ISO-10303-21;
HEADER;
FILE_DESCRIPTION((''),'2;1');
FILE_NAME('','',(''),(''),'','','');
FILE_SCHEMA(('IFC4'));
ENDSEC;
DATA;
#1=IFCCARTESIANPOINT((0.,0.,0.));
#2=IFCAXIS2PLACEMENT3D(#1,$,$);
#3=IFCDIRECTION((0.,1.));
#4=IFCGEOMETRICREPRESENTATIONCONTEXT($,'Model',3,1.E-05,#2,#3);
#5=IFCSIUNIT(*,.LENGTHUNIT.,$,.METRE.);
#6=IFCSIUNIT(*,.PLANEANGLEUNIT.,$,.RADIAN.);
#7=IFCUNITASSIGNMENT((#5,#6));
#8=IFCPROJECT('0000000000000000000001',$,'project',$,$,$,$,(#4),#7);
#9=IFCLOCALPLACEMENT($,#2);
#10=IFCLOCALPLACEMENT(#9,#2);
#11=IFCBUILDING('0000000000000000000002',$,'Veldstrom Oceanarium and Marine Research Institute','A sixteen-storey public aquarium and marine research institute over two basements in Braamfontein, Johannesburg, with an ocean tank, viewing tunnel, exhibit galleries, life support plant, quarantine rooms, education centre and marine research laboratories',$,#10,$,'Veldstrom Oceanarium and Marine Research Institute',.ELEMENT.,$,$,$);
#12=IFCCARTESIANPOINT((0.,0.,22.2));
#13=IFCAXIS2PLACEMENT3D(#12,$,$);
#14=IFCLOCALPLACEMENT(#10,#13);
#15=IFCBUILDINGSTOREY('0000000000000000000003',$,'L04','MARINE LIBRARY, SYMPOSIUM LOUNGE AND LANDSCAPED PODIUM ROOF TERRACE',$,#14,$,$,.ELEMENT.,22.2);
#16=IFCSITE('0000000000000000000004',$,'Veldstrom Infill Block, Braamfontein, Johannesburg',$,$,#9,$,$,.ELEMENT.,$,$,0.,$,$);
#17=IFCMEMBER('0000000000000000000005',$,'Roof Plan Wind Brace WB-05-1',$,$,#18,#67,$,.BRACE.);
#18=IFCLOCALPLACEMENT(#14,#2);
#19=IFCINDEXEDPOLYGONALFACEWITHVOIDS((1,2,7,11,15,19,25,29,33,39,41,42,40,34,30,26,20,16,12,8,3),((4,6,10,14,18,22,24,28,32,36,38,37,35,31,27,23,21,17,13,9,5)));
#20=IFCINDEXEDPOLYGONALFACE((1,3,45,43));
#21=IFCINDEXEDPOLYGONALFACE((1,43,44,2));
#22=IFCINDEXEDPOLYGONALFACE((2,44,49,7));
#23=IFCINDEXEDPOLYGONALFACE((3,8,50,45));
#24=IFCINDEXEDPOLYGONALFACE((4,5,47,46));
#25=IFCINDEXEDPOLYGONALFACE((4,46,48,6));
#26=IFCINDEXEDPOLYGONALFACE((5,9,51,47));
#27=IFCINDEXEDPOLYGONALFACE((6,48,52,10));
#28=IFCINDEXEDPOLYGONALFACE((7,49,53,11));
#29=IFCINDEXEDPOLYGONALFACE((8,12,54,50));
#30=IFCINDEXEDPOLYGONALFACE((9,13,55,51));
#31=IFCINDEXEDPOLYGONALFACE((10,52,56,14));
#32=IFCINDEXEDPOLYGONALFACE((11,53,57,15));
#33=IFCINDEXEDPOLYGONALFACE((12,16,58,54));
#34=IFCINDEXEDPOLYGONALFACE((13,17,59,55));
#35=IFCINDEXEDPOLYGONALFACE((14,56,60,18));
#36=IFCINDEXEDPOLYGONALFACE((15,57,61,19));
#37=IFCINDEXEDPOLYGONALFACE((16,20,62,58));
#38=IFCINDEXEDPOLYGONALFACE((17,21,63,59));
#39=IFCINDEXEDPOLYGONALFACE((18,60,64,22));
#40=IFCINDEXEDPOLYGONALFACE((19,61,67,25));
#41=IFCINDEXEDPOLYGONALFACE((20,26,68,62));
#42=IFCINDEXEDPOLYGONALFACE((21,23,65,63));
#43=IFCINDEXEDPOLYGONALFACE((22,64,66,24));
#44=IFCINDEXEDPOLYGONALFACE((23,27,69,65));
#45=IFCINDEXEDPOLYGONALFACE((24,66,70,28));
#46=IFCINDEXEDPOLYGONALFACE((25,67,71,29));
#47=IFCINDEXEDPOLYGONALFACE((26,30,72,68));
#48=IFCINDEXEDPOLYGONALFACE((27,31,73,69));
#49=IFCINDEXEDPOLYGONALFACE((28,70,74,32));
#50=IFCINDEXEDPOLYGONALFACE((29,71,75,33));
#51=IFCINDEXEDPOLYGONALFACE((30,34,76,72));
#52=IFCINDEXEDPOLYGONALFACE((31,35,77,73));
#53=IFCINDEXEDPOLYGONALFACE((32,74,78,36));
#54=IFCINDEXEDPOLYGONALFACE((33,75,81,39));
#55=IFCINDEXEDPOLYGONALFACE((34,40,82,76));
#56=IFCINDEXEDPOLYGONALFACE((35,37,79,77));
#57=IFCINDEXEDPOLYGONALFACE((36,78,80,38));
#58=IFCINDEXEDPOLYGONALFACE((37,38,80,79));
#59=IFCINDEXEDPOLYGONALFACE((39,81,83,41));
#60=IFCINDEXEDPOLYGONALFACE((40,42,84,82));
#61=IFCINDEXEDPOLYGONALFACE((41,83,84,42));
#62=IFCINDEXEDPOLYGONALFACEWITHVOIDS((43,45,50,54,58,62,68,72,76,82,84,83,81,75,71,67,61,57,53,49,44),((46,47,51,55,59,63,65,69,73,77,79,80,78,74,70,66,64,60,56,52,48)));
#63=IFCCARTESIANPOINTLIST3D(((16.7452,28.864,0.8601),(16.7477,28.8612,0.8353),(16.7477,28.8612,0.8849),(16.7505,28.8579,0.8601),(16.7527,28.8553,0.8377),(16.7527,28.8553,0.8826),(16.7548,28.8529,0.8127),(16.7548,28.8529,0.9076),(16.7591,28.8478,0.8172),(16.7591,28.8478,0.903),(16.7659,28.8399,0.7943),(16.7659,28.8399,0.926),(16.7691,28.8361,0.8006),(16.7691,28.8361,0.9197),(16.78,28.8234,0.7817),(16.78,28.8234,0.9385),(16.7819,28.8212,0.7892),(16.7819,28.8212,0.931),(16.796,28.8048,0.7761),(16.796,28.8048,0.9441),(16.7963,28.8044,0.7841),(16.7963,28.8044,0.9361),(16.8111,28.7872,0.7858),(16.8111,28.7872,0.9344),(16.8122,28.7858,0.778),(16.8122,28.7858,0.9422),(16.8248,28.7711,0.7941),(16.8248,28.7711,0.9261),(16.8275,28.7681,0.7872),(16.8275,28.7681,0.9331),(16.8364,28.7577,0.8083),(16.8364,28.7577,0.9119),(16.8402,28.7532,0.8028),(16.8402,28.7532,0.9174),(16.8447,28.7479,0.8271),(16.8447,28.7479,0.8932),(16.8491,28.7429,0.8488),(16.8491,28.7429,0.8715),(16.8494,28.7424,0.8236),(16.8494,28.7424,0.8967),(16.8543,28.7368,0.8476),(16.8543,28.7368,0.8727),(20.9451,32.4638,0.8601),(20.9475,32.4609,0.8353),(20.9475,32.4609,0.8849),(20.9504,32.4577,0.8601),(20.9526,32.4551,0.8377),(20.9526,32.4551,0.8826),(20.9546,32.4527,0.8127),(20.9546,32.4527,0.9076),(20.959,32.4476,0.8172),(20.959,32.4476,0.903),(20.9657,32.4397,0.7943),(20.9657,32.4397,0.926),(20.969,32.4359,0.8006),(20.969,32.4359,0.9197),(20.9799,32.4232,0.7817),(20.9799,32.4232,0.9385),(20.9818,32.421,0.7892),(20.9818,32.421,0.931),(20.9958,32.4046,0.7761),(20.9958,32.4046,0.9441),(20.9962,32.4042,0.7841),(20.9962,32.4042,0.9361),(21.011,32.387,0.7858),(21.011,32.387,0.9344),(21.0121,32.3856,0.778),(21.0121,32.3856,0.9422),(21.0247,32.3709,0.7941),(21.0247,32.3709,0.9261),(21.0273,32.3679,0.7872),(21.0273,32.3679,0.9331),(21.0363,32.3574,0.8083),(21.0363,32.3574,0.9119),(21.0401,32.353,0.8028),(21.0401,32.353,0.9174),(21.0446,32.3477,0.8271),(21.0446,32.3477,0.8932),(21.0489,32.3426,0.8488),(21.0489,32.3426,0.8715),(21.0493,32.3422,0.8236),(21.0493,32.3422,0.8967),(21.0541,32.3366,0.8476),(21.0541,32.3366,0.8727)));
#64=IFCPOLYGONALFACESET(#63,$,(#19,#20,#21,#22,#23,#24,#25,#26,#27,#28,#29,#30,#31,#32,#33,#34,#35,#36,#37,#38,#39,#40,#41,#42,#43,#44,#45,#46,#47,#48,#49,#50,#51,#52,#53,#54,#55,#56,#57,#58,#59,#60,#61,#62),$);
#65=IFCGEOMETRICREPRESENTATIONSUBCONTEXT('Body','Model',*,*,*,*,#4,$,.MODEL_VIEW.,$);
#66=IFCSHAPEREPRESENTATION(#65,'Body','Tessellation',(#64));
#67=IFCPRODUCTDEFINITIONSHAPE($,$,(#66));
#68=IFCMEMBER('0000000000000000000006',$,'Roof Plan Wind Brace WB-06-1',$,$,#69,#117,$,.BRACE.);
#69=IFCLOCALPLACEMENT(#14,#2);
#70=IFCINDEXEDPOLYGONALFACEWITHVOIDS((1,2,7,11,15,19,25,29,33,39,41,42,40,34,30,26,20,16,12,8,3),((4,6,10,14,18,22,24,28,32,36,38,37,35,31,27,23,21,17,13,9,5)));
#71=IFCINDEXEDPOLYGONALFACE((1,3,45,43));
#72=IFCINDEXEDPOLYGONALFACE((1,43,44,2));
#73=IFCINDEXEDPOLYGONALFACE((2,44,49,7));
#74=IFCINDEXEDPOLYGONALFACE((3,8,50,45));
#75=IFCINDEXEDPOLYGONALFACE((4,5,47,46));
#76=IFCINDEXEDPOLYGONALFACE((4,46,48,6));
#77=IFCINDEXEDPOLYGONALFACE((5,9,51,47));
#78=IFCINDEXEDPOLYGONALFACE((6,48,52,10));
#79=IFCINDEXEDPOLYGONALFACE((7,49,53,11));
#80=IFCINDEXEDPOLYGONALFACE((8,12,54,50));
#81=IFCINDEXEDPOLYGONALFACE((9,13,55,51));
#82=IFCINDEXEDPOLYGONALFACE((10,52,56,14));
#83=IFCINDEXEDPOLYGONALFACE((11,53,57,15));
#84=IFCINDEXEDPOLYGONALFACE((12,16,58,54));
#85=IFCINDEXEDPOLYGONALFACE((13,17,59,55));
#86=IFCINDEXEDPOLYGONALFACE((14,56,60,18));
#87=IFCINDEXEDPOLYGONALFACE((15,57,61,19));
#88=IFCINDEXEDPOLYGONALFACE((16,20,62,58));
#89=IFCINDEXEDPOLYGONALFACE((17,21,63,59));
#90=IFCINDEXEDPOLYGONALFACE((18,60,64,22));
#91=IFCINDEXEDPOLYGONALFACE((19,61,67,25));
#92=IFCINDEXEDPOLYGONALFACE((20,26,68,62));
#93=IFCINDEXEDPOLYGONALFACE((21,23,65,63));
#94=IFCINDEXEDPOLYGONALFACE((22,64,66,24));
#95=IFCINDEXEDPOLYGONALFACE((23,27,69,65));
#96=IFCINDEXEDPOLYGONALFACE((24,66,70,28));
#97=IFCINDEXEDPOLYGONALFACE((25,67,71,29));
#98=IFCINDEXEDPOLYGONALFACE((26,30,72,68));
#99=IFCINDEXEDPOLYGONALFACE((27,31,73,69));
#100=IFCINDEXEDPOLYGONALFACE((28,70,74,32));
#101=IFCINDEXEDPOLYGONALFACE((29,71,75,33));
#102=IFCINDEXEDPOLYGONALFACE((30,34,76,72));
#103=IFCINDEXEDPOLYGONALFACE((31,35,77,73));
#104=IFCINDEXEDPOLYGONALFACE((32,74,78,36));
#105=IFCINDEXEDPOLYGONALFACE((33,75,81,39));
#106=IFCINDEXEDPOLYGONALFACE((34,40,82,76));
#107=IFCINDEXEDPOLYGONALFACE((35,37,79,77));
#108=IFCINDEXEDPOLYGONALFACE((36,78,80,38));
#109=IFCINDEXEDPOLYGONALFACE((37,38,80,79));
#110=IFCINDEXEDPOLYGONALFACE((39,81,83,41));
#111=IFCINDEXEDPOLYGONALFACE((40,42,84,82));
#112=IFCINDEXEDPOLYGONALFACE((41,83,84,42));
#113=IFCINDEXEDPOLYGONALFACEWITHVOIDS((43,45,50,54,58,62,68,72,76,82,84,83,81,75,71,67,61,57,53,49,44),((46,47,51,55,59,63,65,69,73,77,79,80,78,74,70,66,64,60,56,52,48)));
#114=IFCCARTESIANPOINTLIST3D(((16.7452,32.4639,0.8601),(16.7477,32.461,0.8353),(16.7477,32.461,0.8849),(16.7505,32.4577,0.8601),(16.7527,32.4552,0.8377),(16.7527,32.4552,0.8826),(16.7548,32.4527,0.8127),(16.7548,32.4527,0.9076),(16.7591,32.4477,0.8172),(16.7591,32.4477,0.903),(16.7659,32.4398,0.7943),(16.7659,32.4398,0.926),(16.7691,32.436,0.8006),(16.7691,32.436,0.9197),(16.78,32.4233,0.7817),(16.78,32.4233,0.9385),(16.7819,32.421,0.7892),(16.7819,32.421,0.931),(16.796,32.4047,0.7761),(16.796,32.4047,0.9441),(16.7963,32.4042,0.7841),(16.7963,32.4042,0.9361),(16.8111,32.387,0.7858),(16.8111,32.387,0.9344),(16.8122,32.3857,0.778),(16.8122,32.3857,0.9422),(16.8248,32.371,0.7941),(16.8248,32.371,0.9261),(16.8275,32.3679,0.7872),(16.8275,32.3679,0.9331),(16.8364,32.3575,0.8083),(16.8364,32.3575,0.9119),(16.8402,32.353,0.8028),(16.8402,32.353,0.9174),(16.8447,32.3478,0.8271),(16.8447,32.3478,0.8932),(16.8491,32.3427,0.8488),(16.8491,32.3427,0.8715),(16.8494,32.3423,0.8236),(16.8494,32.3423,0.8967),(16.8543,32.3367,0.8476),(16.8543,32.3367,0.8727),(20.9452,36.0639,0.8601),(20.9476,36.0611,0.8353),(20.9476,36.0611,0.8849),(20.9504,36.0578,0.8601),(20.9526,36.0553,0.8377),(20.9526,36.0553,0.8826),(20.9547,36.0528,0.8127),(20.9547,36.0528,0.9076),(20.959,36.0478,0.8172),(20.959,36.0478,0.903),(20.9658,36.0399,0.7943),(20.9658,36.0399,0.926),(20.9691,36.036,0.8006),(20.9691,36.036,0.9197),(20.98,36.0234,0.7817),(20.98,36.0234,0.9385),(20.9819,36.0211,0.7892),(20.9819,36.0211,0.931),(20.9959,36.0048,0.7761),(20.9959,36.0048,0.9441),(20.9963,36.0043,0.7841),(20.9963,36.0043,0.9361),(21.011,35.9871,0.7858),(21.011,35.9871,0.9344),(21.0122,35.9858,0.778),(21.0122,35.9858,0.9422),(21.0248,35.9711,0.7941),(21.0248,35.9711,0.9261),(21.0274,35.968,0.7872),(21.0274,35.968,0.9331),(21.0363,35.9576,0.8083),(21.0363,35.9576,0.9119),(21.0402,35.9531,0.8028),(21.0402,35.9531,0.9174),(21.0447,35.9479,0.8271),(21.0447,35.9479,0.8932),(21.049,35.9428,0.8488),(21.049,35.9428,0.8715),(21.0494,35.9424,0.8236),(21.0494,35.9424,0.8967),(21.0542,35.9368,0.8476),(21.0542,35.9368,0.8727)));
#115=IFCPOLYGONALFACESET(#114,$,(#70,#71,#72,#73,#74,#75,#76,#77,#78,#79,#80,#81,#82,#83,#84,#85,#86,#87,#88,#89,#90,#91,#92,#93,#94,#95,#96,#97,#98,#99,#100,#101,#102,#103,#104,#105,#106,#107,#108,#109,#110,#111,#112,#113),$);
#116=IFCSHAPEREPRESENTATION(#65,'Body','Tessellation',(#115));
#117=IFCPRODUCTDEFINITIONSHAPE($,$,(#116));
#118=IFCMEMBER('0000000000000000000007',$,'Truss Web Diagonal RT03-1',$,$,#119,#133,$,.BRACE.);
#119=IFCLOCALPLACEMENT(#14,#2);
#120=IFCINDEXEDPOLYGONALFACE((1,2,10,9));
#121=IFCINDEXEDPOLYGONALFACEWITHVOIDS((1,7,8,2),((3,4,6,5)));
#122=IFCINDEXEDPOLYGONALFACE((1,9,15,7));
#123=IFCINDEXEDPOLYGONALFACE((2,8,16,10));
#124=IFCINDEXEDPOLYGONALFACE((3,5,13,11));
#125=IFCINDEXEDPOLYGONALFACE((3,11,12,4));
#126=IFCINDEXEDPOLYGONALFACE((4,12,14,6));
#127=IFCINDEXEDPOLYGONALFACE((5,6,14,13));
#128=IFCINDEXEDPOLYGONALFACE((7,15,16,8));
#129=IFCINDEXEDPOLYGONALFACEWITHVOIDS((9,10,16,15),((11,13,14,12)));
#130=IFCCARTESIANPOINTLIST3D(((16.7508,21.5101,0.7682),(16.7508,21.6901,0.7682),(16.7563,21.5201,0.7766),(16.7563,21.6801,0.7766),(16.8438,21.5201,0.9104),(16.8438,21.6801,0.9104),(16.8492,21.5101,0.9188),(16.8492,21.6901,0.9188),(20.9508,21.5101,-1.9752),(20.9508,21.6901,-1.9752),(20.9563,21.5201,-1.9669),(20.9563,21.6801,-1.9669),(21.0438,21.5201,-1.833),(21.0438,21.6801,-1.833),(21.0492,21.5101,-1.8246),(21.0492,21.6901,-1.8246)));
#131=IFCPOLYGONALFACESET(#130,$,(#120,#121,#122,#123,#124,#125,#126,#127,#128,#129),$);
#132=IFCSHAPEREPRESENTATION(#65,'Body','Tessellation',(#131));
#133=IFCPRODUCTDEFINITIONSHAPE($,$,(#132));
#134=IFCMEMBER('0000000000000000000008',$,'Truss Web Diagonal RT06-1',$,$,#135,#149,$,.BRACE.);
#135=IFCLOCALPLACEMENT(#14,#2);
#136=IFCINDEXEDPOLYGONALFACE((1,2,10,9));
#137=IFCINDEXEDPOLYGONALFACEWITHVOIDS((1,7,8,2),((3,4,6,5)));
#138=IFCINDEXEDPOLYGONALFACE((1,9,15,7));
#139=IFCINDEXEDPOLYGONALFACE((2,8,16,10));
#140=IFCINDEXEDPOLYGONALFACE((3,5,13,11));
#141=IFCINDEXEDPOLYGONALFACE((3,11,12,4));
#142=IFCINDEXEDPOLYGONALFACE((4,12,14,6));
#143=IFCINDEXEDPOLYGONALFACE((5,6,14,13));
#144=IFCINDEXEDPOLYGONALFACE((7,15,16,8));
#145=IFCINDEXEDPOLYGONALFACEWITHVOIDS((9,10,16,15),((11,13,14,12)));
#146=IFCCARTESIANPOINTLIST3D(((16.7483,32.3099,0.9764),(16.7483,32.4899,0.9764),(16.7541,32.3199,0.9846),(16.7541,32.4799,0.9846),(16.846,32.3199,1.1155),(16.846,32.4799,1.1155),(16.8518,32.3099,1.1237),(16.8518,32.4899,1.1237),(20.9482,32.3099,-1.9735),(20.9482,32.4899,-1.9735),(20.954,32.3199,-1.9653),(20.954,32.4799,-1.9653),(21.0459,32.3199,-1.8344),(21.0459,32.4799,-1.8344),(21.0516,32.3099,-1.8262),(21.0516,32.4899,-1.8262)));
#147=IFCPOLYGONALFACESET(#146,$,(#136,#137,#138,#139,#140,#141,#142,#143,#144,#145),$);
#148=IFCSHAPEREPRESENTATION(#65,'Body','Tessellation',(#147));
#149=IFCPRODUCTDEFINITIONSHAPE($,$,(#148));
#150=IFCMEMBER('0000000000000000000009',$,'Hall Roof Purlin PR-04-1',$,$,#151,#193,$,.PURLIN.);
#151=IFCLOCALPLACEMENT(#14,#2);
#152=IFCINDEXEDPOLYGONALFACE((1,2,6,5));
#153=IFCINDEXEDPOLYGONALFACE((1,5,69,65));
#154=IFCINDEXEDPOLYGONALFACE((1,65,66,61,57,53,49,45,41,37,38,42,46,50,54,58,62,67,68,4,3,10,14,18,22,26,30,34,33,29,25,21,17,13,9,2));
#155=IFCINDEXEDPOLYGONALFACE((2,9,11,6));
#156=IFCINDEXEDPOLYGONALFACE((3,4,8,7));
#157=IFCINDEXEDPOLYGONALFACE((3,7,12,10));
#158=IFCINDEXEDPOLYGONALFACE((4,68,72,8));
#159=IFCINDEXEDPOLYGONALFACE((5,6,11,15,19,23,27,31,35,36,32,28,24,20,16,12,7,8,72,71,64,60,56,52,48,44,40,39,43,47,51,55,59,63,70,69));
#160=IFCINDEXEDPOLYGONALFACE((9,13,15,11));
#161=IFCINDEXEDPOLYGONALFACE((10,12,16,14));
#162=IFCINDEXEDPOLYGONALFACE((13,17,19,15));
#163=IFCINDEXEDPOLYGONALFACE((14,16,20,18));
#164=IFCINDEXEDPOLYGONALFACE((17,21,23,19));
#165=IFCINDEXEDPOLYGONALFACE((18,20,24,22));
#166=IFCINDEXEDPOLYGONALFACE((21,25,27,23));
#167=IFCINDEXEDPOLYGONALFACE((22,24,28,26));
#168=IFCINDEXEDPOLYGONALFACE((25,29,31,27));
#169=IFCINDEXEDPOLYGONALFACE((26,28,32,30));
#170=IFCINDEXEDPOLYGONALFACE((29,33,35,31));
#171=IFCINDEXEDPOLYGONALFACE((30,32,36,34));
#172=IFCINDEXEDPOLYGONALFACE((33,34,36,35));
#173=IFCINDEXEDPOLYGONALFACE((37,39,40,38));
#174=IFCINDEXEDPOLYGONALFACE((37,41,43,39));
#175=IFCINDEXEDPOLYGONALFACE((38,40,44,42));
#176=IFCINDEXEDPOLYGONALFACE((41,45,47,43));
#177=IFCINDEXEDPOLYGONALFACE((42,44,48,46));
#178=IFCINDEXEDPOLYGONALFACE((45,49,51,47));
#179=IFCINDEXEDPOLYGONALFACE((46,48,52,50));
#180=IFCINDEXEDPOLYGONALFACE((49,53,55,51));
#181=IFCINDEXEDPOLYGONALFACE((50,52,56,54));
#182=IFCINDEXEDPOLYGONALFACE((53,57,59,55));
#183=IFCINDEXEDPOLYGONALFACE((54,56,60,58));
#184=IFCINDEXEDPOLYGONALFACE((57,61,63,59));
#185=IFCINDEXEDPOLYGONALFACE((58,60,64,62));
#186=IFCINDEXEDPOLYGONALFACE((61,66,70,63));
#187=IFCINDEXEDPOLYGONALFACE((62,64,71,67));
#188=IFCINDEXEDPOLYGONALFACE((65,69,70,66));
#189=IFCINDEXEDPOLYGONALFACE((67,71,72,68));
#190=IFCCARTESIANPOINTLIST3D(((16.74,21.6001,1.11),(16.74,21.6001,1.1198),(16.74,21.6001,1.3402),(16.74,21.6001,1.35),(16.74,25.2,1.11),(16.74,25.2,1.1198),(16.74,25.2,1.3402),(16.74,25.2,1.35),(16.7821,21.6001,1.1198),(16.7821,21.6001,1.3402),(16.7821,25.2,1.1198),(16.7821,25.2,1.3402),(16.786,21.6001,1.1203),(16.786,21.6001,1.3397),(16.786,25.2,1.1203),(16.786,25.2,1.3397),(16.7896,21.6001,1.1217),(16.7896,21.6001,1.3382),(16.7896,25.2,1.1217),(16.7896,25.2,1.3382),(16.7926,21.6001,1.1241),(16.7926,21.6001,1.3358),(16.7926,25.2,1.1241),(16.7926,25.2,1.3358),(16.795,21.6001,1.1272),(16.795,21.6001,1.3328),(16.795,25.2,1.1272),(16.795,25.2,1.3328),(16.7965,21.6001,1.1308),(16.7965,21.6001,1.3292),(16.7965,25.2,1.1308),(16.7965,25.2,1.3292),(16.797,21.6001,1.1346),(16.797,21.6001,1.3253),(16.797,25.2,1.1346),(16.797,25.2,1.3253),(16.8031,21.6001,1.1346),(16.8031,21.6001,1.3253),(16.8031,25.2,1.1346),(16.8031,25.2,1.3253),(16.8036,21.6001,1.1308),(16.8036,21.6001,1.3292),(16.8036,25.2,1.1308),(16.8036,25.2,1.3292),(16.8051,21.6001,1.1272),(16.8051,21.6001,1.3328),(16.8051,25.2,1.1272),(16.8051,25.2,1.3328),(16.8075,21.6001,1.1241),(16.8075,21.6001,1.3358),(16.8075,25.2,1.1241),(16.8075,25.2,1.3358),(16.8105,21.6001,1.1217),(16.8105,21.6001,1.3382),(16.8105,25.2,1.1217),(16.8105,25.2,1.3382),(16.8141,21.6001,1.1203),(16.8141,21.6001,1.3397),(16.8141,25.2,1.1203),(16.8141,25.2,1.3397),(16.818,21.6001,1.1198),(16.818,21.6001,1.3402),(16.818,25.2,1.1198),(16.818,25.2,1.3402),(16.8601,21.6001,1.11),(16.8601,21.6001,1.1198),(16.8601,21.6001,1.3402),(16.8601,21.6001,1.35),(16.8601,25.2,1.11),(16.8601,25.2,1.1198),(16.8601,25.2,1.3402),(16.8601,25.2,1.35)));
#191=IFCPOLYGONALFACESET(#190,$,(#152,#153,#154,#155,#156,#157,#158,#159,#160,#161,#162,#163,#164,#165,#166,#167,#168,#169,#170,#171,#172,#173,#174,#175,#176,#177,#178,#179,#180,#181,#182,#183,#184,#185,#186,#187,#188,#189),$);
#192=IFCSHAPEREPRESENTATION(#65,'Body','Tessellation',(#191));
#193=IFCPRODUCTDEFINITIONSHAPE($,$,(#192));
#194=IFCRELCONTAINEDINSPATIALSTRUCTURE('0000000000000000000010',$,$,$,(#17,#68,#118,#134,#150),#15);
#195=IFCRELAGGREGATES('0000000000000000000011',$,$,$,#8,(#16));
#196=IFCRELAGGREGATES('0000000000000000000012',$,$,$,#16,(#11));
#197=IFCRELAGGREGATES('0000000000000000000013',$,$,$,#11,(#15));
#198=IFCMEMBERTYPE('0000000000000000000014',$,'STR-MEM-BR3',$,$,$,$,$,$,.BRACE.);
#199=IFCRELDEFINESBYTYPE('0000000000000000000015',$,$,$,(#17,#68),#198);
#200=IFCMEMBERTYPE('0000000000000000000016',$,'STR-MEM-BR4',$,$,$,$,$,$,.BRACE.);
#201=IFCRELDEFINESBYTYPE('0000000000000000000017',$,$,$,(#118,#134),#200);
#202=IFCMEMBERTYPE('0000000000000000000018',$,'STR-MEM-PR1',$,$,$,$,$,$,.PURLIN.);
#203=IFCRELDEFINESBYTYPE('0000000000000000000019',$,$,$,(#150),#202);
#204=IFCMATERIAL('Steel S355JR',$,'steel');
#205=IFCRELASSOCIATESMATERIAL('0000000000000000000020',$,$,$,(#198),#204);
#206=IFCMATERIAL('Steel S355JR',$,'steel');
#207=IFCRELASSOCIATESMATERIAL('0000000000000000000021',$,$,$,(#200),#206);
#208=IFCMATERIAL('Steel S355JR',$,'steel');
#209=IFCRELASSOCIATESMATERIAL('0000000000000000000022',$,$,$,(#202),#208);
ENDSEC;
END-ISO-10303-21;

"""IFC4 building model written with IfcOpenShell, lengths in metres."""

from ifc_helpers import new_model, si_unit, direction, frame, origin, origin_2d, place, context, subcontext, project, spatial, hollow_rectangle, hollow_circle, i_section, extrude, material, material_profile, profile_set, type_object, element, save


model = new_model("IFC4")

# Units and contexts
model_context = context("Model", 3, precision=1e-05, world=origin(), true_north=direction((0.0, 1.0)))
body_context = subcontext(model_context, "Body", "Model", "MODEL_VIEW")
ifc_project = project(units=[si_unit("LENGTHUNIT", "METRE"), si_unit("PLANEANGLEUNIT", "RADIAN")], contexts=[model_context])

# Site, building, storey
site_placement = place(None, origin())
site = spatial("IfcSite", under=ifc_project, at=site_placement, Name="Veldstrom Infill Block, Braamfontein, Johannesburg", CompositionType="ELEMENT", RefElevation=0.0)
building_placement = place(site_placement, origin())
building = spatial("IfcBuilding", under=site, at=building_placement, Name="Veldstrom Oceanarium and Marine Research Institute", Description="A sixteen-storey public aquarium and marine research institute over two basements in Braamfontein, Johannesburg, with an ocean tank, viewing tunnel, exhibit galleries, life support plant, quarantine rooms, education centre and marine research laboratories", LongName="Veldstrom Oceanarium and Marine Research Institute", CompositionType="ELEMENT")
storey_placement = place(building_placement, frame((0.0, 0.0, 22.2)))
storey = spatial("IfcBuildingStorey", under=building, at=storey_placement, Name="L04", Description="MARINE LIBRARY, SYMPOSIUM LOUNGE AND LANDSCAPED PODIUM ROOF TERRACE", CompositionType="ELEMENT", Elevation=22.2)

# Members
ifc_material_1 = material(Name="Steel S355JR", Category="steel")
ifc_material_profile_1 = material_profile(ifc_material_1, hollow_circle(Radius=0.0842, WallThickness=0.0081, at=origin_2d()), Name="CHS 168.3x8")
ifc_profile_set_1 = profile_set([ifc_material_profile_1], Name="Steel S355JR")
member_type_1 = type_object("IfcMemberType", Name="STR-MEM-BR3", PredefinedType="BRACE", material=ifc_profile_set_1)
member_1_placement = place(storey_placement, frame((16.8, 28.8, 0.8601), z_axis=(0.759266, 0.65078, 0.0), x_axis=(-0.65078, 0.759266, 0.0)))
element("IfcMember", 1, at=member_1_placement, inside=storey, type_object=member_type_1, Name="Roof Plan Wind Brace WB-05-1", PredefinedType="BRACE", context=body_context, shape_type="SweptSolid", body=[
    extrude(hollow_circle(Radius=0.0842, WallThickness=0.0081, at=origin_2d()), origin(), (0.0, 0.0, 1.0), 5.5315),
])
member_2_placement = place(storey_placement, frame((16.8, 32.3999, 0.8601), z_axis=(0.759244, 0.650806, 0.0), x_axis=(-0.650806, 0.759244, 0.0)))
element("IfcMember", 2, at=member_2_placement, inside=storey, type_object=member_type_1, Name="Roof Plan Wind Brace WB-06-1", PredefinedType="BRACE", context=body_context, shape_type="SweptSolid", body=[
    extrude(hollow_circle(Radius=0.0842, WallThickness=0.0081, at=origin_2d()), origin(), (0.0, 0.0, 1.0), 5.5317),
])
ifc_material_2 = material(Name="Steel S355JR", Category="steel")
ifc_material_profile_2 = material_profile(ifc_material_2, hollow_rectangle(XDim=0.1799, YDim=0.1799, WallThickness=0.01, at=origin_2d()), Name="SHS 180x180x10")
ifc_profile_set_2 = profile_set([ifc_material_profile_2], Name="Steel S355JR")
member_type_2 = type_object("IfcMemberType", Name="STR-MEM-BR4", PredefinedType="BRACE", material=ifc_profile_set_2)
member_3_placement = place(storey_placement, frame((16.8, 21.6001, 0.8435), z_axis=(0.837217, 0.0, -0.54687), x_axis=(0.0, 1.0, 0.0)))
element("IfcMember", 3, at=member_3_placement, inside=storey, type_object=member_type_2, Name="Truss Web Diagonal RT03-1", PredefinedType="BRACE", context=body_context, shape_type="SweptSolid", body=[
    extrude(hollow_rectangle(XDim=0.1799, YDim=0.1799, WallThickness=0.01, at=origin_2d()), origin(), (0.0, 0.0, 1.0), 5.0166),
])
member_4_placement = place(storey_placement, frame((16.8, 32.3999, 1.05), z_axis=(0.818317, 0.0, -0.574767), x_axis=(0.0, 1.0, 0.0)))
element("IfcMember", 4, at=member_4_placement, inside=storey, type_object=member_type_2, Name="Truss Web Diagonal RT06-1", PredefinedType="BRACE", context=body_context, shape_type="SweptSolid", body=[
    extrude(hollow_rectangle(XDim=0.1799, YDim=0.1799, WallThickness=0.01, at=origin_2d()), origin(), (0.0, 0.0, 1.0), 5.1323),
])
ifc_material_3 = material(Name="Steel S355JR", Category="steel")
ifc_material_profile_3 = material_profile(ifc_material_3, i_section(OverallWidth=0.1201, OverallDepth=0.24, WebThickness=0.0061, FlangeThickness=0.0098, FilletRadius=0.0149, at=origin_2d()), Name="IPE 240")
ifc_profile_set_3 = profile_set([ifc_material_profile_3], Name="Steel S355JR")
member_type_3 = type_object("IfcMemberType", Name="STR-MEM-PR1", PredefinedType="PURLIN", material=ifc_profile_set_3)
member_5_placement = place(storey_placement, frame((16.8, 21.6001, 1.23), z_axis=(0.0, 1.0, 0.0), x_axis=(-1.0, 0.0, 0.0)))
element("IfcMember", 5, at=member_5_placement, inside=storey, type_object=member_type_3, Name="Hall Roof Purlin PR-04-1", PredefinedType="PURLIN", context=body_context, shape_type="SweptSolid", body=[
    extrude(i_section(OverallWidth=0.1201, OverallDepth=0.24, WebThickness=0.0061, FlangeThickness=0.0098, FilletRadius=0.0149, at=origin_2d()), origin(), (0.0, 0.0, 1.0), 3.5999),
])

save(model, "model.ifc")
